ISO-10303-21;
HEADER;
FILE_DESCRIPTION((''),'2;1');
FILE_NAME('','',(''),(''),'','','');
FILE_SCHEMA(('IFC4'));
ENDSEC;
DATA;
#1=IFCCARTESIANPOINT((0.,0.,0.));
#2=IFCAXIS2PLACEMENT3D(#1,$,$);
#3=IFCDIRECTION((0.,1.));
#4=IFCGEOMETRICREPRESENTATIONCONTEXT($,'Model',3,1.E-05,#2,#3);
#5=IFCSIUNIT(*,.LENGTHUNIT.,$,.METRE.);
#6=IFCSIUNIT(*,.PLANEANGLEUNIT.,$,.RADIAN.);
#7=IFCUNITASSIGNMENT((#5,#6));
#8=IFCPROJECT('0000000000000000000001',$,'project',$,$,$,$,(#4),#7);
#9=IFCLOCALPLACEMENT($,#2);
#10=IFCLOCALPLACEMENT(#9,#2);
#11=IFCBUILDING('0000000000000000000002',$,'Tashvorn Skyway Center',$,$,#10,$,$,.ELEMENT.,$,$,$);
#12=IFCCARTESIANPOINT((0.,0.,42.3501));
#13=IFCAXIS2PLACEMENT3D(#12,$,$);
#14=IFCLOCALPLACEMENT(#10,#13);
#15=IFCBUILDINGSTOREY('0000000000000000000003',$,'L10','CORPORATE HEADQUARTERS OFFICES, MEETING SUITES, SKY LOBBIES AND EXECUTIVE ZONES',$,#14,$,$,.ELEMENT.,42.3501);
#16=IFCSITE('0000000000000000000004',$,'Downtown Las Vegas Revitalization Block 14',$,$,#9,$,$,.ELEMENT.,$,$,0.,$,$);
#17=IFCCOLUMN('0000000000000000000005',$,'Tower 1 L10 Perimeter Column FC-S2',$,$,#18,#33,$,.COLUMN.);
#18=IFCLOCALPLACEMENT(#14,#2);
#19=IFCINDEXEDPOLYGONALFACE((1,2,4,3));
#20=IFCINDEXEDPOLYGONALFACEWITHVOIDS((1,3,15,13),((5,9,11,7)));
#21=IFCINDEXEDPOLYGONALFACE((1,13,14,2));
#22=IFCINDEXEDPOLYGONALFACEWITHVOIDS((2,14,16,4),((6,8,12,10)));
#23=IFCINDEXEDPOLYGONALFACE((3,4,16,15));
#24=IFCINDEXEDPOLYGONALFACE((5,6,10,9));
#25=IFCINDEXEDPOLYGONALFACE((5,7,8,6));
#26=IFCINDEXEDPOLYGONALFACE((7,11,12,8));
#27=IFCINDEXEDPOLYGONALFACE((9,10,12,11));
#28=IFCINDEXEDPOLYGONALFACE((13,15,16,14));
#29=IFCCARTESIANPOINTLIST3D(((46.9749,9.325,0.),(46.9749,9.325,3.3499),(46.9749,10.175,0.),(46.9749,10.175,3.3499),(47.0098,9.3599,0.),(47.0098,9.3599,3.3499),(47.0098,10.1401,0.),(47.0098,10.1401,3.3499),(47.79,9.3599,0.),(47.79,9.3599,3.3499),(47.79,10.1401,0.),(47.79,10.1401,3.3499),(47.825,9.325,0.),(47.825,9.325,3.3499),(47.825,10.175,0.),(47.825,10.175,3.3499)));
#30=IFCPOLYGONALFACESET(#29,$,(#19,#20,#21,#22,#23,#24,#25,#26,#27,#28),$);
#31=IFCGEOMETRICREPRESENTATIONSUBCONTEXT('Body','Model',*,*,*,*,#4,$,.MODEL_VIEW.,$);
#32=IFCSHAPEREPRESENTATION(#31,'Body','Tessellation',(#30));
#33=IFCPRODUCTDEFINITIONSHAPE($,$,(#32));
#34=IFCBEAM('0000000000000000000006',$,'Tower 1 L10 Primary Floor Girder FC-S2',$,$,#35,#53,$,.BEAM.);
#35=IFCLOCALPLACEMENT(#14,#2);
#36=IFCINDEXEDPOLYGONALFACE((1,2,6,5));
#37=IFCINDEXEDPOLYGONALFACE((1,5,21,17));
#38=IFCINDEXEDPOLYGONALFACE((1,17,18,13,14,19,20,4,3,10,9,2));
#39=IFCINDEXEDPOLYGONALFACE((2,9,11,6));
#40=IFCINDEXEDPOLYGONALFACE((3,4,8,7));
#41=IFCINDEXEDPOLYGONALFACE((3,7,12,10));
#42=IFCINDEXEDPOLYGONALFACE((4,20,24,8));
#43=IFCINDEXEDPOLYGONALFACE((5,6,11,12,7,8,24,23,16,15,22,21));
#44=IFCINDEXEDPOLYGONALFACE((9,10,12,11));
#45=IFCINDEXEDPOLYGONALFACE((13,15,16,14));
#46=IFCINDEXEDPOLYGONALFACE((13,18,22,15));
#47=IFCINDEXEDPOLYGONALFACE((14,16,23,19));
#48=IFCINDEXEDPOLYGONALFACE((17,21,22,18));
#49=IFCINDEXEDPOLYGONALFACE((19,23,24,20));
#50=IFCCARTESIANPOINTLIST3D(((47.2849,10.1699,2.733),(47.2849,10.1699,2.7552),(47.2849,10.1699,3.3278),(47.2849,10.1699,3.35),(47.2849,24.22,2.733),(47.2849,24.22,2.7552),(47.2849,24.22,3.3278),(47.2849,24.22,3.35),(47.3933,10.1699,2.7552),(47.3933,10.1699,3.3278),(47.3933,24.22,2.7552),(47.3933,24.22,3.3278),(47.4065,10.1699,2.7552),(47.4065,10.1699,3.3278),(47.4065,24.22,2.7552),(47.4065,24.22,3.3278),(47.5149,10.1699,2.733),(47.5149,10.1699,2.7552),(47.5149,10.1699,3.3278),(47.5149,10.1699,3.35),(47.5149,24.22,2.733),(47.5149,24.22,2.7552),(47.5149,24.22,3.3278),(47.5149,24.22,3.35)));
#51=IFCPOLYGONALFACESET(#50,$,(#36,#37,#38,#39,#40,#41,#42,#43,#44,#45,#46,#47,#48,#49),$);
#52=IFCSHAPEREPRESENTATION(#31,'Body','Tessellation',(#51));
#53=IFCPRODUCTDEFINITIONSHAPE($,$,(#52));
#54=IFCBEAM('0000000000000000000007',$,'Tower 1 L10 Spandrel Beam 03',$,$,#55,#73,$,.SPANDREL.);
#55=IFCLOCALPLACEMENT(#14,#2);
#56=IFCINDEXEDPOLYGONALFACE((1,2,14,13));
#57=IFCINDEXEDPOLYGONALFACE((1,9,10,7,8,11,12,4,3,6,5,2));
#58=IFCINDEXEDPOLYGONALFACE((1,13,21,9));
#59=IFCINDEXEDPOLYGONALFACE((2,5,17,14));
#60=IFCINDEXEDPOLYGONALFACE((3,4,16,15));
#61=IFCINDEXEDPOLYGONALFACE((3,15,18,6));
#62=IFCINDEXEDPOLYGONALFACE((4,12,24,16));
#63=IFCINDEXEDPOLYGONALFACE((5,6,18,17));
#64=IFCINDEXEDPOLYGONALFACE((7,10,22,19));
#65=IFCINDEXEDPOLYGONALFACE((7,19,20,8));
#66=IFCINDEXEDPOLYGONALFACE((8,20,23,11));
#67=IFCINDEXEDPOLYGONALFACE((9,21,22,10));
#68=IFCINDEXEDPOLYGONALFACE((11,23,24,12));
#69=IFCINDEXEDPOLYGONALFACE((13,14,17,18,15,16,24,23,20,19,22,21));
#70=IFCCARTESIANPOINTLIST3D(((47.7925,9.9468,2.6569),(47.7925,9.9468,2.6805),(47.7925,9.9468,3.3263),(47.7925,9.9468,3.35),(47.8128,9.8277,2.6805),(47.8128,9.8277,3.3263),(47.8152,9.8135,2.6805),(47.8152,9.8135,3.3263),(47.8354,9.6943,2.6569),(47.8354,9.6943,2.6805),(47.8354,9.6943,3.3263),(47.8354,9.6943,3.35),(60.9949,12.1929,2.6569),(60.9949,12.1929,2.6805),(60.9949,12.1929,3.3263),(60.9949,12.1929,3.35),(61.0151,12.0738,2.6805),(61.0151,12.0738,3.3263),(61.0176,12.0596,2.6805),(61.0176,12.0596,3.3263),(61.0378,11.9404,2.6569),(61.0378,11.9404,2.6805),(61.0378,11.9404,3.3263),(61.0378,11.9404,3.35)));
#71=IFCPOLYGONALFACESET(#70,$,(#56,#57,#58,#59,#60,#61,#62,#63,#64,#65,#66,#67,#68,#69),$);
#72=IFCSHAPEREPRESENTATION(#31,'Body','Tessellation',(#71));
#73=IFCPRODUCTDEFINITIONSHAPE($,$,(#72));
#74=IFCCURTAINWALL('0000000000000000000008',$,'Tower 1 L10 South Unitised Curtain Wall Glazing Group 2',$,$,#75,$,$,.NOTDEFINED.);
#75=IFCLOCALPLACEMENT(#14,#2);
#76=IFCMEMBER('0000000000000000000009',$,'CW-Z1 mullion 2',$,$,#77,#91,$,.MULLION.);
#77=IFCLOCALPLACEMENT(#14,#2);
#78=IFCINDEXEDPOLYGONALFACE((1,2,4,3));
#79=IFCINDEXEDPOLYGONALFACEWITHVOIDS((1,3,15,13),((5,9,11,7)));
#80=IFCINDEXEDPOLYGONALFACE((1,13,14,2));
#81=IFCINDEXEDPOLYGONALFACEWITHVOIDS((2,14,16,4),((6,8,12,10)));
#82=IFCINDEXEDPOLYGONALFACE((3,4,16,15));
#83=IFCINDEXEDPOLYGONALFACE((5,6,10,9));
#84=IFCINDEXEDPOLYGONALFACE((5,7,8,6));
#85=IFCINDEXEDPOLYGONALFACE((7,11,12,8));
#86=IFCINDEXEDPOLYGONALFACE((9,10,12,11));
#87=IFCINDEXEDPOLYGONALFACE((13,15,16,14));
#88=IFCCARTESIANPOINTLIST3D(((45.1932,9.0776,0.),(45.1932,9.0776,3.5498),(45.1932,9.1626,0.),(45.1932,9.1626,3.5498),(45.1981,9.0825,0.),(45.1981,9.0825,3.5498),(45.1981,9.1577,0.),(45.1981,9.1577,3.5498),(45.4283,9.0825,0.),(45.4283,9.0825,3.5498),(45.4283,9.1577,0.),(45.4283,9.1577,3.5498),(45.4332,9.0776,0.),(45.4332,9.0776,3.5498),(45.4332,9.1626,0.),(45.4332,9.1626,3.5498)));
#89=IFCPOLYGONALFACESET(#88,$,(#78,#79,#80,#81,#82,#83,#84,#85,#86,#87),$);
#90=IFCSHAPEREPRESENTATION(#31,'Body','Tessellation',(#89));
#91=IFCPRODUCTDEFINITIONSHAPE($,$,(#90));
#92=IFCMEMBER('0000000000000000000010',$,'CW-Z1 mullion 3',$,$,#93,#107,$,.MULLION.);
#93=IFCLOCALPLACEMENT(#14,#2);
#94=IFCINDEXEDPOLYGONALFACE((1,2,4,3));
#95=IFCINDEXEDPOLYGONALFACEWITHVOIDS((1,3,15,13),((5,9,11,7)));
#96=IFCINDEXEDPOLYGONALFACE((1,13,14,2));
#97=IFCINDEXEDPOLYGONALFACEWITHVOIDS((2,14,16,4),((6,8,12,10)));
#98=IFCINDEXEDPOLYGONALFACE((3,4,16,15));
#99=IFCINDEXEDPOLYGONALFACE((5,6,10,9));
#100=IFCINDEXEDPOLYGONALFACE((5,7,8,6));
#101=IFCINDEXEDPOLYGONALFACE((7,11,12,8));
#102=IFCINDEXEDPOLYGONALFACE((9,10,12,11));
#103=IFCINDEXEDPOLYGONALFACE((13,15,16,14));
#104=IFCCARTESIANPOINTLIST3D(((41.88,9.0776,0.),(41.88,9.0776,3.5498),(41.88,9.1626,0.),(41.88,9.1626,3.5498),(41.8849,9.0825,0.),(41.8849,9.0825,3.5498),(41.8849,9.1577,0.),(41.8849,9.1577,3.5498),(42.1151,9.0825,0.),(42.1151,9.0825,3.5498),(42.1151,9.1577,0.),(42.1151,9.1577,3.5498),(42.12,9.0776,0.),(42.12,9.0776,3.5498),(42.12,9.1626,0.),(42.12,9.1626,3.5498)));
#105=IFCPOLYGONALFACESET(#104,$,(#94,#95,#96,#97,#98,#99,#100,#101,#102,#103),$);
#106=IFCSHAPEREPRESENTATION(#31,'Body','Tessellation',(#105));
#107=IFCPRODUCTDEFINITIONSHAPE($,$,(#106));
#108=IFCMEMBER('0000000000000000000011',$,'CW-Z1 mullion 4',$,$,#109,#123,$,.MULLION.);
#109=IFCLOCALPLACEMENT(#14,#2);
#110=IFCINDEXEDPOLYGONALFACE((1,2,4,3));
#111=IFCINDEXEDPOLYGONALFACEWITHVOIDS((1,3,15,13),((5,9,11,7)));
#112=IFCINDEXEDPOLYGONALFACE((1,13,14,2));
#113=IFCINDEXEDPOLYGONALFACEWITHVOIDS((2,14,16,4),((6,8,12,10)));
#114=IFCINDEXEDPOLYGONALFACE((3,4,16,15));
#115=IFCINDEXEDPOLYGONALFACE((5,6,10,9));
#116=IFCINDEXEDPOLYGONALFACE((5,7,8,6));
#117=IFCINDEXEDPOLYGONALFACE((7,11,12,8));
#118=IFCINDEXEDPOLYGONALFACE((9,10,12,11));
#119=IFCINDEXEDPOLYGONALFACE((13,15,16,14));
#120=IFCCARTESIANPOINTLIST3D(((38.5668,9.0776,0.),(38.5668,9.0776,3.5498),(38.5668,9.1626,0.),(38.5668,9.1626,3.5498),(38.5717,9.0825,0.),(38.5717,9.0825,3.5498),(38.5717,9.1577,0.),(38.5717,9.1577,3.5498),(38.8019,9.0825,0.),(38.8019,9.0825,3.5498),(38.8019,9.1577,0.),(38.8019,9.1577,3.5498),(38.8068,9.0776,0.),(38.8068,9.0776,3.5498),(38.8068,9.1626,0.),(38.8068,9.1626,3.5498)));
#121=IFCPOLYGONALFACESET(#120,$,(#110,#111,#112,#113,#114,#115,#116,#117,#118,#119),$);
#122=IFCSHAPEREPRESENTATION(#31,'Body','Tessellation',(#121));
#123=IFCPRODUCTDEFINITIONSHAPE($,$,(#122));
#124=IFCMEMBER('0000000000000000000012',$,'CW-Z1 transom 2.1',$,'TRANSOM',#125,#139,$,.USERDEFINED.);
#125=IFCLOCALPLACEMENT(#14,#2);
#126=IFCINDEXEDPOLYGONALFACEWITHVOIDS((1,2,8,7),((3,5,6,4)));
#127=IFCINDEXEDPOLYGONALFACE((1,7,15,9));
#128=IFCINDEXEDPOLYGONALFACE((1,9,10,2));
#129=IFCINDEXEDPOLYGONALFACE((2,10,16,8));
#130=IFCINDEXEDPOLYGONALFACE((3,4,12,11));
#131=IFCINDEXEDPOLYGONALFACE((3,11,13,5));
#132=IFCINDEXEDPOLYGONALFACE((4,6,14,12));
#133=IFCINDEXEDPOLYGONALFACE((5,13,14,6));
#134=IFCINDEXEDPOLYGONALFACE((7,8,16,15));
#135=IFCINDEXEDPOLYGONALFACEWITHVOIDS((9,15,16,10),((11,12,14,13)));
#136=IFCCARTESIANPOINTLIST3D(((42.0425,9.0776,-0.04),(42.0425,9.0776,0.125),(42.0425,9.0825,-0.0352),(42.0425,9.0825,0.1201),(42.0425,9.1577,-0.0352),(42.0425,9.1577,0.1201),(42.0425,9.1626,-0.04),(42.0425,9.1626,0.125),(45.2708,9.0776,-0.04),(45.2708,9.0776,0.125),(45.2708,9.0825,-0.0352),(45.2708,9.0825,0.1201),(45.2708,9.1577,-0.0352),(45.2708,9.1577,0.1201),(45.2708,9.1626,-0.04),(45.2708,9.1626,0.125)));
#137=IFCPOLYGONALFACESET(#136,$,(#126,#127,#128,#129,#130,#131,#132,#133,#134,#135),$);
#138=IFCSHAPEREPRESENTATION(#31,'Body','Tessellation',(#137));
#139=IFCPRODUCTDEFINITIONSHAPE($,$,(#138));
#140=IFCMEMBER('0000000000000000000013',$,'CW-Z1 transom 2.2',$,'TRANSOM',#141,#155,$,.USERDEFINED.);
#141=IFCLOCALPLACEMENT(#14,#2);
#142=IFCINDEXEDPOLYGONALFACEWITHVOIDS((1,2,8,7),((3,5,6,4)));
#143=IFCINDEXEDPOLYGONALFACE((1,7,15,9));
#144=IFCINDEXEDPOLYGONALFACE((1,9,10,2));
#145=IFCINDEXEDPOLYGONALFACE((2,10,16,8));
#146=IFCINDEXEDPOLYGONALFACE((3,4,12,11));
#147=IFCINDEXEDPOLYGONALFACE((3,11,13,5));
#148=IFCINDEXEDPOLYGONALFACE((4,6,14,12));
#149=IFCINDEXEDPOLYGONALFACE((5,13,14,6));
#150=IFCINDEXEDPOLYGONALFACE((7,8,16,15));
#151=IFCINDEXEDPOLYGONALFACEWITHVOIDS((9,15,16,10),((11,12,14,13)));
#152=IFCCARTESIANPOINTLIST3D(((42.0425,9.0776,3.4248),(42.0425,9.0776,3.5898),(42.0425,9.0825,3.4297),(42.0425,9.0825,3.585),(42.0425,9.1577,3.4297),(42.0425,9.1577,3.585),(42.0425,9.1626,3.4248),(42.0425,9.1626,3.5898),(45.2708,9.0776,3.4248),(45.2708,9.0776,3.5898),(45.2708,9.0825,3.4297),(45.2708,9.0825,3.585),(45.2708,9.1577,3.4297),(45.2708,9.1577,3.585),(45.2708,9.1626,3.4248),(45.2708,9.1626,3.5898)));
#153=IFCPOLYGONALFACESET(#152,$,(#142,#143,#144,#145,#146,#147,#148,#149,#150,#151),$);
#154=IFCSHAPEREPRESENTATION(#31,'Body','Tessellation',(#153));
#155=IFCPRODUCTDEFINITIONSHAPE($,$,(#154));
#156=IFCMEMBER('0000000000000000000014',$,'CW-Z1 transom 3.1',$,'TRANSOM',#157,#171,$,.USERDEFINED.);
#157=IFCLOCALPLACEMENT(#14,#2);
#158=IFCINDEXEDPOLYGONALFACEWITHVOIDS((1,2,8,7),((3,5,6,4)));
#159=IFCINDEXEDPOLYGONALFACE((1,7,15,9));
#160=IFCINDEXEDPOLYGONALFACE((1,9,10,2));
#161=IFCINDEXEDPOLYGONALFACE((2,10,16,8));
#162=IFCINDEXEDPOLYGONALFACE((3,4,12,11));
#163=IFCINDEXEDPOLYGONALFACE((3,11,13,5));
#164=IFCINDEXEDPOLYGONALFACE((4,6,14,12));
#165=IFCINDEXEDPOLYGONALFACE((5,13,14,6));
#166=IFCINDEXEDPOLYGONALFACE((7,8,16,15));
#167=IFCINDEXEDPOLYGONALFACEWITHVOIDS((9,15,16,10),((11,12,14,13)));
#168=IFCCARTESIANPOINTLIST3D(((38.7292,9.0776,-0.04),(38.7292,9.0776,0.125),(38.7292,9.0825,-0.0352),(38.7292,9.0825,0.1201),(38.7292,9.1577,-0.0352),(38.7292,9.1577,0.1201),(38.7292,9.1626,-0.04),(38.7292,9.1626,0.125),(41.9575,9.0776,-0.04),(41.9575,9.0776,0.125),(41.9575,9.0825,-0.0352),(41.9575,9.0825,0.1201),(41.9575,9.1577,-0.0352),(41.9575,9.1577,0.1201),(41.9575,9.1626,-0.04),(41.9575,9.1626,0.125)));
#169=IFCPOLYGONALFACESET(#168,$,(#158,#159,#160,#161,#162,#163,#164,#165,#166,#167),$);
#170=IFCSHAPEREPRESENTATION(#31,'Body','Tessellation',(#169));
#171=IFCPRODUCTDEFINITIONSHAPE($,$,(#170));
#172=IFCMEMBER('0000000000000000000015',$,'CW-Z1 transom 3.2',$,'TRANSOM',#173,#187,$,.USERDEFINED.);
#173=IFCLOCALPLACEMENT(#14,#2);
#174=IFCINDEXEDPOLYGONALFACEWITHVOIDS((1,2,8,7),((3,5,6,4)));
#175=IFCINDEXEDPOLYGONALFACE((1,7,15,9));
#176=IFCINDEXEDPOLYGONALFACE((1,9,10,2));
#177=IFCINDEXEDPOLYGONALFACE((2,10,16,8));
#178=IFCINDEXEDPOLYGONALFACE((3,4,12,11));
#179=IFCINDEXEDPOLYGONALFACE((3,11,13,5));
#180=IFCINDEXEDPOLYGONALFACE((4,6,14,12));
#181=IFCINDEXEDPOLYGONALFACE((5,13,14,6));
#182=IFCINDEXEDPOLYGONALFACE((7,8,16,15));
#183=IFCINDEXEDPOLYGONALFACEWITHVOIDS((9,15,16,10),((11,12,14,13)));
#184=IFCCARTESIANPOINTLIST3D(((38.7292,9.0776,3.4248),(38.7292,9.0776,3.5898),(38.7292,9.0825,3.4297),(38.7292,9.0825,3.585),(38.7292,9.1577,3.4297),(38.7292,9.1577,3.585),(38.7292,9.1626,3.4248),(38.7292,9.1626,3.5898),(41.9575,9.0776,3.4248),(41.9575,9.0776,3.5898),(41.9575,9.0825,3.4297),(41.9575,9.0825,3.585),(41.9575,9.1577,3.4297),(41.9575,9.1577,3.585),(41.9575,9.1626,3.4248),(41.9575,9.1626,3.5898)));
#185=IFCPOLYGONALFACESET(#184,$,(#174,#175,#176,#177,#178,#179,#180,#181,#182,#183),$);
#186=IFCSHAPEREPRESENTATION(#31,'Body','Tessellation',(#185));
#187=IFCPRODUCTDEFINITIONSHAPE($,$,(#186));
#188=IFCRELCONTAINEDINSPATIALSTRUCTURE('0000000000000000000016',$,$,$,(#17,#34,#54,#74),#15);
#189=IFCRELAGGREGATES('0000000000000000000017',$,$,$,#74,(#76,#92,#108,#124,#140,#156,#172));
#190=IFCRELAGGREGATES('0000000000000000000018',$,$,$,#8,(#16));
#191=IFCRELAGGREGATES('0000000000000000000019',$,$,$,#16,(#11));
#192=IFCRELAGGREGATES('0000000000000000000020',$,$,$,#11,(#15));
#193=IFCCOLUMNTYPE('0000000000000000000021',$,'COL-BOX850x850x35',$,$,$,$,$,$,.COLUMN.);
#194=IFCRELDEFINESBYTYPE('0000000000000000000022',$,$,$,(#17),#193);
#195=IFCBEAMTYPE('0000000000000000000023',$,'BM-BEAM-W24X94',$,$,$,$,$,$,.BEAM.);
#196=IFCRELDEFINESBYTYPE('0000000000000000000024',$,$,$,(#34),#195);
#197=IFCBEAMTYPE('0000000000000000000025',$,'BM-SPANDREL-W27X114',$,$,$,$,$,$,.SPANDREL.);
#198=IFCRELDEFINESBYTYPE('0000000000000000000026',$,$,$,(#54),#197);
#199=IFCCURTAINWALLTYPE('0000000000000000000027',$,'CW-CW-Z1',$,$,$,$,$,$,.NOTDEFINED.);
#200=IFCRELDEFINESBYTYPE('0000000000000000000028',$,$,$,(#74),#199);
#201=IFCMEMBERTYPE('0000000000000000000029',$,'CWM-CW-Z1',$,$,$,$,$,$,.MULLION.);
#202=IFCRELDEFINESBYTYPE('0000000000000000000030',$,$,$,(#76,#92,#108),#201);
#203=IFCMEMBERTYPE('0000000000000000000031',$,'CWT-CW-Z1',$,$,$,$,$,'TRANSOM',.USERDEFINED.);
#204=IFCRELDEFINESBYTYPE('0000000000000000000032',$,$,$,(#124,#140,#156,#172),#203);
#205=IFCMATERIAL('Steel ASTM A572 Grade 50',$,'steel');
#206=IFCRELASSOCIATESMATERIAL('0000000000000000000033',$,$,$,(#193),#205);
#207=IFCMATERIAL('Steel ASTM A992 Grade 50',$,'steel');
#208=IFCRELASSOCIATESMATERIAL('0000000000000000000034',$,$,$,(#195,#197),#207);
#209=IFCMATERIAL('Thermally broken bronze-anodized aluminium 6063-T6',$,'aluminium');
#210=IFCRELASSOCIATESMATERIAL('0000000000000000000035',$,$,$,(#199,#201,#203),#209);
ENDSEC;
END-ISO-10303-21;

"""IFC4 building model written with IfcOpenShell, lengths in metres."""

from ifc_helpers import new_model, si_unit, direction, frame, origin, origin_2d, place, context, subcontext, project, spatial, hollow_rectangle, i_section, extrude, material, material_profile, profile_set, type_object, element, aggregate, save


model = new_model("IFC4")

# Units and contexts
model_context = context("Model", 3, precision=1e-05, world=origin(), true_north=direction((0.0, 1.0)))
body_context = subcontext(model_context, "Body", "Model", "MODEL_VIEW")
ifc_project = project(units=[si_unit("LENGTHUNIT", "METRE"), si_unit("PLANEANGLEUNIT", "RADIAN")], contexts=[model_context])

# Site, building, storey
site_placement = place(None, origin())
site = spatial("IfcSite", under=ifc_project, at=site_placement, Name="Downtown Las Vegas Revitalization Block 14", CompositionType="ELEMENT", RefElevation=0.0)
building_placement = place(site_placement, origin())
building = spatial("IfcBuilding", under=site, at=building_placement, Name="Tashvorn Skyway Center", CompositionType="ELEMENT")
storey_placement = place(building_placement, frame((0.0, 0.0, 42.3501)))
storey = spatial("IfcBuildingStorey", under=building, at=storey_placement, Name="L10", Description="CORPORATE HEADQUARTERS OFFICES, MEETING SUITES, SKY LOBBIES AND EXECUTIVE ZONES", CompositionType="ELEMENT", Elevation=42.3501)

# Column
ifc_material_1 = material(Name="Steel ASTM A572 Grade 50", Category="steel")
ifc_material_profile_1 = material_profile(ifc_material_1, hollow_rectangle(XDim=0.8501, YDim=0.8501, WallThickness=0.0349, at=origin_2d()), Name="BOX850x850x35")
ifc_profile_set_1 = profile_set([ifc_material_profile_1], Name="Steel ASTM A572 Grade 50")
column_type = type_object("IfcColumnType", Name="COL-BOX850x850x35", PredefinedType="COLUMN", material=ifc_profile_set_1)
column_placement = place(storey_placement, frame((47.3999, 9.75, 0.0), z_axis=(0.0, 0.0, 1.0), x_axis=(1.0, 0.0, 0.0)))
element("IfcColumn", 1, at=column_placement, inside=storey, type_object=column_type, Name="Tower 1 L10 Perimeter Column FC-S2", PredefinedType="COLUMN", context=body_context, shape_type="SweptSolid", body=[
    extrude(hollow_rectangle(XDim=0.8501, YDim=0.8501, WallThickness=0.0349, at=origin_2d()), origin(), (0.0, 0.0, 1.0), 3.3499),
])

# Beams
ifc_material_2 = material(Name="Steel ASTM A992 Grade 50", Category="steel")
ifc_material_profile_2 = material_profile(ifc_material_2, i_section(OverallWidth=0.23, OverallDepth=0.6169, WebThickness=0.0132, FlangeThickness=0.0222, at=origin_2d()), Name="W24X94")
ifc_profile_set_2 = profile_set([ifc_material_profile_2], Name="Steel ASTM A992 Grade 50")
beam_type_1 = type_object("IfcBeamType", Name="BM-BEAM-W24X94", PredefinedType="BEAM", material=ifc_profile_set_2)
beam_1_placement = place(storey_placement, frame((47.3999, 10.1699, 3.0415), z_axis=(0.0, 1.0, 0.0), x_axis=(-1.0, 0.0, 0.0)))
element("IfcBeam", 2, at=beam_1_placement, inside=storey, type_object=beam_type_1, Name="Tower 1 L10 Primary Floor Girder FC-S2", PredefinedType="BEAM", context=body_context, shape_type="SweptSolid", body=[
    extrude(i_section(OverallWidth=0.23, OverallDepth=0.6169, WebThickness=0.0132, FlangeThickness=0.0222, at=origin_2d()), origin(), (0.0, 0.0, 1.0), 14.05),
])
ifc_material_profile_3 = material_profile(ifc_material_2, i_section(OverallWidth=0.2561, OverallDepth=0.6931, WebThickness=0.0144, FlangeThickness=0.0237, at=origin_2d()), Name="W27X114")
ifc_profile_set_3 = profile_set([ifc_material_profile_3], Name="Steel ASTM A992 Grade 50")
beam_type_2 = type_object("IfcBeamType", Name="BM-SPANDREL-W27X114", PredefinedType="SPANDREL", material=ifc_profile_set_3)
beam_2_placement = place(storey_placement, frame((47.814, 9.8206, 3.0034), z_axis=(0.985835, 0.167718, 0.0), x_axis=(-0.167718, 0.985835, 0.0)))
element("IfcBeam", 3, at=beam_2_placement, inside=storey, type_object=beam_type_2, Name="Tower 1 L10 Spandrel Beam 03", PredefinedType="SPANDREL", context=body_context, shape_type="SweptSolid", body=[
    extrude(i_section(OverallWidth=0.2561, OverallDepth=0.6931, WebThickness=0.0144, FlangeThickness=0.0237, at=origin_2d()), origin(), (0.0, 0.0, 1.0), 13.3921),
])

# Curtain wall, members
ifc_material_3 = material(Name="Thermally broken bronze-anodized aluminium 6063-T6", Category="aluminium")
curtain_wall_type = type_object("IfcCurtainWallType", Name="CW-CW-Z1", PredefinedType="NOTDEFINED", material=ifc_material_3)
curtain_wall_placement = place(storey_placement, origin())
curtain_wall = element("IfcCurtainWall", 4, at=curtain_wall_placement, inside=storey, type_object=curtain_wall_type, Name="Tower 1 L10 South Unitised Curtain Wall Glazing Group 2", PredefinedType="NOTDEFINED")
ifc_material_profile_4 = material_profile(ifc_material_3, hollow_rectangle(XDim=0.085, YDim=0.24, WallThickness=0.0049, at=origin_2d()), Name="ALU-MULL-85x240")
ifc_profile_set_4 = profile_set([ifc_material_profile_4], Name="Thermally broken bronze-anodized aluminium 6063-T6")
member_type_1 = type_object("IfcMemberType", Name="CWM-CW-Z1", PredefinedType="MULLION", material=ifc_profile_set_4)
member_1_placement = place(storey_placement, frame((45.3132, 9.1201, 0.0), z_axis=(0.0, 0.0, 1.0), x_axis=(0.0, -1.0, 0.0)))
member_1 = element("IfcMember", 5, at=member_1_placement, type_object=member_type_1, Name="CW-Z1 mullion 2", PredefinedType="MULLION", context=body_context, shape_type="SweptSolid", body=[
    extrude(hollow_rectangle(XDim=0.085, YDim=0.24, WallThickness=0.0049, at=origin_2d()), origin(), (0.0, 0.0, 1.0), 3.5498),
])
member_2_placement = place(storey_placement, frame((42.0, 9.1201, 0.0), z_axis=(0.0, 0.0, 1.0), x_axis=(0.0, -1.0, 0.0)))
member_2 = element("IfcMember", 6, at=member_2_placement, type_object=member_type_1, Name="CW-Z1 mullion 3", PredefinedType="MULLION", context=body_context, shape_type="SweptSolid", body=[
    extrude(hollow_rectangle(XDim=0.085, YDim=0.24, WallThickness=0.0049, at=origin_2d()), origin(), (0.0, 0.0, 1.0), 3.5498),
])
member_3_placement = place(storey_placement, frame((38.6868, 9.1201, 0.0), z_axis=(0.0, 0.0, 1.0), x_axis=(0.0, -1.0, 0.0)))
member_3 = element("IfcMember", 7, at=member_3_placement, type_object=member_type_1, Name="CW-Z1 mullion 4", PredefinedType="MULLION", context=body_context, shape_type="SweptSolid", body=[
    extrude(hollow_rectangle(XDim=0.085, YDim=0.24, WallThickness=0.0049, at=origin_2d()), origin(), (0.0, 0.0, 1.0), 3.5498),
])
ifc_material_profile_5 = material_profile(ifc_material_3, hollow_rectangle(XDim=0.085, YDim=0.165, WallThickness=0.0049, at=origin_2d()), Name="ALU-TRAN-85x165")
ifc_profile_set_5 = profile_set([ifc_material_profile_5], Name="Thermally broken bronze-anodized aluminium 6063-T6")
member_type_2 = type_object("IfcMemberType", Name="CWT-CW-Z1", ElementType="TRANSOM", PredefinedType="USERDEFINED", material=ifc_profile_set_5)
member_4_placement = place(storey_placement, frame((45.2708, 9.1201, 0.0425), z_axis=(-1.0, 0.0, 0.0), x_axis=(0.0, -1.0, 0.0)))
member_4 = element("IfcMember", 8, at=member_4_placement, type_object=member_type_2, Name="CW-Z1 transom 2.1", ObjectType="TRANSOM", PredefinedType="USERDEFINED", context=body_context, shape_type="SweptSolid", body=[
    extrude(hollow_rectangle(XDim=0.085, YDim=0.165, WallThickness=0.0049, at=origin_2d()), origin(), (0.0, 0.0, 1.0), 3.2283),
])
member_5_placement = place(storey_placement, frame((45.2708, 9.1201, 3.5073), z_axis=(-1.0, 0.0, 0.0), x_axis=(0.0, -1.0, 0.0)))
member_5 = element("IfcMember", 9, at=member_5_placement, type_object=member_type_2, Name="CW-Z1 transom 2.2", ObjectType="TRANSOM", PredefinedType="USERDEFINED", context=body_context, shape_type="SweptSolid", body=[
    extrude(hollow_rectangle(XDim=0.085, YDim=0.165, WallThickness=0.0049, at=origin_2d()), origin(), (0.0, 0.0, 1.0), 3.2283),
])
member_6_placement = place(storey_placement, frame((41.9575, 9.1201, 0.0425), z_axis=(-1.0, 0.0, 0.0), x_axis=(0.0, -1.0, 0.0)))
member_6 = element("IfcMember", 10, at=member_6_placement, type_object=member_type_2, Name="CW-Z1 transom 3.1", ObjectType="TRANSOM", PredefinedType="USERDEFINED", context=body_context, shape_type="SweptSolid", body=[
    extrude(hollow_rectangle(XDim=0.085, YDim=0.165, WallThickness=0.0049, at=origin_2d()), origin(), (0.0, 0.0, 1.0), 3.2283),
])
member_7_placement = place(storey_placement, frame((41.9575, 9.1201, 3.5073), z_axis=(-1.0, 0.0, 0.0), x_axis=(0.0, -1.0, 0.0)))
member_7 = element("IfcMember", 11, at=member_7_placement, type_object=member_type_2, Name="CW-Z1 transom 3.2", ObjectType="TRANSOM", PredefinedType="USERDEFINED", context=body_context, shape_type="SweptSolid", body=[
    extrude(hollow_rectangle(XDim=0.085, YDim=0.165, WallThickness=0.0049, at=origin_2d()), origin(), (0.0, 0.0, 1.0), 3.2283),
])
aggregate(curtain_wall, [member_1, member_2, member_3, member_4, member_5, member_6, member_7])

save(model, "model.ifc")
